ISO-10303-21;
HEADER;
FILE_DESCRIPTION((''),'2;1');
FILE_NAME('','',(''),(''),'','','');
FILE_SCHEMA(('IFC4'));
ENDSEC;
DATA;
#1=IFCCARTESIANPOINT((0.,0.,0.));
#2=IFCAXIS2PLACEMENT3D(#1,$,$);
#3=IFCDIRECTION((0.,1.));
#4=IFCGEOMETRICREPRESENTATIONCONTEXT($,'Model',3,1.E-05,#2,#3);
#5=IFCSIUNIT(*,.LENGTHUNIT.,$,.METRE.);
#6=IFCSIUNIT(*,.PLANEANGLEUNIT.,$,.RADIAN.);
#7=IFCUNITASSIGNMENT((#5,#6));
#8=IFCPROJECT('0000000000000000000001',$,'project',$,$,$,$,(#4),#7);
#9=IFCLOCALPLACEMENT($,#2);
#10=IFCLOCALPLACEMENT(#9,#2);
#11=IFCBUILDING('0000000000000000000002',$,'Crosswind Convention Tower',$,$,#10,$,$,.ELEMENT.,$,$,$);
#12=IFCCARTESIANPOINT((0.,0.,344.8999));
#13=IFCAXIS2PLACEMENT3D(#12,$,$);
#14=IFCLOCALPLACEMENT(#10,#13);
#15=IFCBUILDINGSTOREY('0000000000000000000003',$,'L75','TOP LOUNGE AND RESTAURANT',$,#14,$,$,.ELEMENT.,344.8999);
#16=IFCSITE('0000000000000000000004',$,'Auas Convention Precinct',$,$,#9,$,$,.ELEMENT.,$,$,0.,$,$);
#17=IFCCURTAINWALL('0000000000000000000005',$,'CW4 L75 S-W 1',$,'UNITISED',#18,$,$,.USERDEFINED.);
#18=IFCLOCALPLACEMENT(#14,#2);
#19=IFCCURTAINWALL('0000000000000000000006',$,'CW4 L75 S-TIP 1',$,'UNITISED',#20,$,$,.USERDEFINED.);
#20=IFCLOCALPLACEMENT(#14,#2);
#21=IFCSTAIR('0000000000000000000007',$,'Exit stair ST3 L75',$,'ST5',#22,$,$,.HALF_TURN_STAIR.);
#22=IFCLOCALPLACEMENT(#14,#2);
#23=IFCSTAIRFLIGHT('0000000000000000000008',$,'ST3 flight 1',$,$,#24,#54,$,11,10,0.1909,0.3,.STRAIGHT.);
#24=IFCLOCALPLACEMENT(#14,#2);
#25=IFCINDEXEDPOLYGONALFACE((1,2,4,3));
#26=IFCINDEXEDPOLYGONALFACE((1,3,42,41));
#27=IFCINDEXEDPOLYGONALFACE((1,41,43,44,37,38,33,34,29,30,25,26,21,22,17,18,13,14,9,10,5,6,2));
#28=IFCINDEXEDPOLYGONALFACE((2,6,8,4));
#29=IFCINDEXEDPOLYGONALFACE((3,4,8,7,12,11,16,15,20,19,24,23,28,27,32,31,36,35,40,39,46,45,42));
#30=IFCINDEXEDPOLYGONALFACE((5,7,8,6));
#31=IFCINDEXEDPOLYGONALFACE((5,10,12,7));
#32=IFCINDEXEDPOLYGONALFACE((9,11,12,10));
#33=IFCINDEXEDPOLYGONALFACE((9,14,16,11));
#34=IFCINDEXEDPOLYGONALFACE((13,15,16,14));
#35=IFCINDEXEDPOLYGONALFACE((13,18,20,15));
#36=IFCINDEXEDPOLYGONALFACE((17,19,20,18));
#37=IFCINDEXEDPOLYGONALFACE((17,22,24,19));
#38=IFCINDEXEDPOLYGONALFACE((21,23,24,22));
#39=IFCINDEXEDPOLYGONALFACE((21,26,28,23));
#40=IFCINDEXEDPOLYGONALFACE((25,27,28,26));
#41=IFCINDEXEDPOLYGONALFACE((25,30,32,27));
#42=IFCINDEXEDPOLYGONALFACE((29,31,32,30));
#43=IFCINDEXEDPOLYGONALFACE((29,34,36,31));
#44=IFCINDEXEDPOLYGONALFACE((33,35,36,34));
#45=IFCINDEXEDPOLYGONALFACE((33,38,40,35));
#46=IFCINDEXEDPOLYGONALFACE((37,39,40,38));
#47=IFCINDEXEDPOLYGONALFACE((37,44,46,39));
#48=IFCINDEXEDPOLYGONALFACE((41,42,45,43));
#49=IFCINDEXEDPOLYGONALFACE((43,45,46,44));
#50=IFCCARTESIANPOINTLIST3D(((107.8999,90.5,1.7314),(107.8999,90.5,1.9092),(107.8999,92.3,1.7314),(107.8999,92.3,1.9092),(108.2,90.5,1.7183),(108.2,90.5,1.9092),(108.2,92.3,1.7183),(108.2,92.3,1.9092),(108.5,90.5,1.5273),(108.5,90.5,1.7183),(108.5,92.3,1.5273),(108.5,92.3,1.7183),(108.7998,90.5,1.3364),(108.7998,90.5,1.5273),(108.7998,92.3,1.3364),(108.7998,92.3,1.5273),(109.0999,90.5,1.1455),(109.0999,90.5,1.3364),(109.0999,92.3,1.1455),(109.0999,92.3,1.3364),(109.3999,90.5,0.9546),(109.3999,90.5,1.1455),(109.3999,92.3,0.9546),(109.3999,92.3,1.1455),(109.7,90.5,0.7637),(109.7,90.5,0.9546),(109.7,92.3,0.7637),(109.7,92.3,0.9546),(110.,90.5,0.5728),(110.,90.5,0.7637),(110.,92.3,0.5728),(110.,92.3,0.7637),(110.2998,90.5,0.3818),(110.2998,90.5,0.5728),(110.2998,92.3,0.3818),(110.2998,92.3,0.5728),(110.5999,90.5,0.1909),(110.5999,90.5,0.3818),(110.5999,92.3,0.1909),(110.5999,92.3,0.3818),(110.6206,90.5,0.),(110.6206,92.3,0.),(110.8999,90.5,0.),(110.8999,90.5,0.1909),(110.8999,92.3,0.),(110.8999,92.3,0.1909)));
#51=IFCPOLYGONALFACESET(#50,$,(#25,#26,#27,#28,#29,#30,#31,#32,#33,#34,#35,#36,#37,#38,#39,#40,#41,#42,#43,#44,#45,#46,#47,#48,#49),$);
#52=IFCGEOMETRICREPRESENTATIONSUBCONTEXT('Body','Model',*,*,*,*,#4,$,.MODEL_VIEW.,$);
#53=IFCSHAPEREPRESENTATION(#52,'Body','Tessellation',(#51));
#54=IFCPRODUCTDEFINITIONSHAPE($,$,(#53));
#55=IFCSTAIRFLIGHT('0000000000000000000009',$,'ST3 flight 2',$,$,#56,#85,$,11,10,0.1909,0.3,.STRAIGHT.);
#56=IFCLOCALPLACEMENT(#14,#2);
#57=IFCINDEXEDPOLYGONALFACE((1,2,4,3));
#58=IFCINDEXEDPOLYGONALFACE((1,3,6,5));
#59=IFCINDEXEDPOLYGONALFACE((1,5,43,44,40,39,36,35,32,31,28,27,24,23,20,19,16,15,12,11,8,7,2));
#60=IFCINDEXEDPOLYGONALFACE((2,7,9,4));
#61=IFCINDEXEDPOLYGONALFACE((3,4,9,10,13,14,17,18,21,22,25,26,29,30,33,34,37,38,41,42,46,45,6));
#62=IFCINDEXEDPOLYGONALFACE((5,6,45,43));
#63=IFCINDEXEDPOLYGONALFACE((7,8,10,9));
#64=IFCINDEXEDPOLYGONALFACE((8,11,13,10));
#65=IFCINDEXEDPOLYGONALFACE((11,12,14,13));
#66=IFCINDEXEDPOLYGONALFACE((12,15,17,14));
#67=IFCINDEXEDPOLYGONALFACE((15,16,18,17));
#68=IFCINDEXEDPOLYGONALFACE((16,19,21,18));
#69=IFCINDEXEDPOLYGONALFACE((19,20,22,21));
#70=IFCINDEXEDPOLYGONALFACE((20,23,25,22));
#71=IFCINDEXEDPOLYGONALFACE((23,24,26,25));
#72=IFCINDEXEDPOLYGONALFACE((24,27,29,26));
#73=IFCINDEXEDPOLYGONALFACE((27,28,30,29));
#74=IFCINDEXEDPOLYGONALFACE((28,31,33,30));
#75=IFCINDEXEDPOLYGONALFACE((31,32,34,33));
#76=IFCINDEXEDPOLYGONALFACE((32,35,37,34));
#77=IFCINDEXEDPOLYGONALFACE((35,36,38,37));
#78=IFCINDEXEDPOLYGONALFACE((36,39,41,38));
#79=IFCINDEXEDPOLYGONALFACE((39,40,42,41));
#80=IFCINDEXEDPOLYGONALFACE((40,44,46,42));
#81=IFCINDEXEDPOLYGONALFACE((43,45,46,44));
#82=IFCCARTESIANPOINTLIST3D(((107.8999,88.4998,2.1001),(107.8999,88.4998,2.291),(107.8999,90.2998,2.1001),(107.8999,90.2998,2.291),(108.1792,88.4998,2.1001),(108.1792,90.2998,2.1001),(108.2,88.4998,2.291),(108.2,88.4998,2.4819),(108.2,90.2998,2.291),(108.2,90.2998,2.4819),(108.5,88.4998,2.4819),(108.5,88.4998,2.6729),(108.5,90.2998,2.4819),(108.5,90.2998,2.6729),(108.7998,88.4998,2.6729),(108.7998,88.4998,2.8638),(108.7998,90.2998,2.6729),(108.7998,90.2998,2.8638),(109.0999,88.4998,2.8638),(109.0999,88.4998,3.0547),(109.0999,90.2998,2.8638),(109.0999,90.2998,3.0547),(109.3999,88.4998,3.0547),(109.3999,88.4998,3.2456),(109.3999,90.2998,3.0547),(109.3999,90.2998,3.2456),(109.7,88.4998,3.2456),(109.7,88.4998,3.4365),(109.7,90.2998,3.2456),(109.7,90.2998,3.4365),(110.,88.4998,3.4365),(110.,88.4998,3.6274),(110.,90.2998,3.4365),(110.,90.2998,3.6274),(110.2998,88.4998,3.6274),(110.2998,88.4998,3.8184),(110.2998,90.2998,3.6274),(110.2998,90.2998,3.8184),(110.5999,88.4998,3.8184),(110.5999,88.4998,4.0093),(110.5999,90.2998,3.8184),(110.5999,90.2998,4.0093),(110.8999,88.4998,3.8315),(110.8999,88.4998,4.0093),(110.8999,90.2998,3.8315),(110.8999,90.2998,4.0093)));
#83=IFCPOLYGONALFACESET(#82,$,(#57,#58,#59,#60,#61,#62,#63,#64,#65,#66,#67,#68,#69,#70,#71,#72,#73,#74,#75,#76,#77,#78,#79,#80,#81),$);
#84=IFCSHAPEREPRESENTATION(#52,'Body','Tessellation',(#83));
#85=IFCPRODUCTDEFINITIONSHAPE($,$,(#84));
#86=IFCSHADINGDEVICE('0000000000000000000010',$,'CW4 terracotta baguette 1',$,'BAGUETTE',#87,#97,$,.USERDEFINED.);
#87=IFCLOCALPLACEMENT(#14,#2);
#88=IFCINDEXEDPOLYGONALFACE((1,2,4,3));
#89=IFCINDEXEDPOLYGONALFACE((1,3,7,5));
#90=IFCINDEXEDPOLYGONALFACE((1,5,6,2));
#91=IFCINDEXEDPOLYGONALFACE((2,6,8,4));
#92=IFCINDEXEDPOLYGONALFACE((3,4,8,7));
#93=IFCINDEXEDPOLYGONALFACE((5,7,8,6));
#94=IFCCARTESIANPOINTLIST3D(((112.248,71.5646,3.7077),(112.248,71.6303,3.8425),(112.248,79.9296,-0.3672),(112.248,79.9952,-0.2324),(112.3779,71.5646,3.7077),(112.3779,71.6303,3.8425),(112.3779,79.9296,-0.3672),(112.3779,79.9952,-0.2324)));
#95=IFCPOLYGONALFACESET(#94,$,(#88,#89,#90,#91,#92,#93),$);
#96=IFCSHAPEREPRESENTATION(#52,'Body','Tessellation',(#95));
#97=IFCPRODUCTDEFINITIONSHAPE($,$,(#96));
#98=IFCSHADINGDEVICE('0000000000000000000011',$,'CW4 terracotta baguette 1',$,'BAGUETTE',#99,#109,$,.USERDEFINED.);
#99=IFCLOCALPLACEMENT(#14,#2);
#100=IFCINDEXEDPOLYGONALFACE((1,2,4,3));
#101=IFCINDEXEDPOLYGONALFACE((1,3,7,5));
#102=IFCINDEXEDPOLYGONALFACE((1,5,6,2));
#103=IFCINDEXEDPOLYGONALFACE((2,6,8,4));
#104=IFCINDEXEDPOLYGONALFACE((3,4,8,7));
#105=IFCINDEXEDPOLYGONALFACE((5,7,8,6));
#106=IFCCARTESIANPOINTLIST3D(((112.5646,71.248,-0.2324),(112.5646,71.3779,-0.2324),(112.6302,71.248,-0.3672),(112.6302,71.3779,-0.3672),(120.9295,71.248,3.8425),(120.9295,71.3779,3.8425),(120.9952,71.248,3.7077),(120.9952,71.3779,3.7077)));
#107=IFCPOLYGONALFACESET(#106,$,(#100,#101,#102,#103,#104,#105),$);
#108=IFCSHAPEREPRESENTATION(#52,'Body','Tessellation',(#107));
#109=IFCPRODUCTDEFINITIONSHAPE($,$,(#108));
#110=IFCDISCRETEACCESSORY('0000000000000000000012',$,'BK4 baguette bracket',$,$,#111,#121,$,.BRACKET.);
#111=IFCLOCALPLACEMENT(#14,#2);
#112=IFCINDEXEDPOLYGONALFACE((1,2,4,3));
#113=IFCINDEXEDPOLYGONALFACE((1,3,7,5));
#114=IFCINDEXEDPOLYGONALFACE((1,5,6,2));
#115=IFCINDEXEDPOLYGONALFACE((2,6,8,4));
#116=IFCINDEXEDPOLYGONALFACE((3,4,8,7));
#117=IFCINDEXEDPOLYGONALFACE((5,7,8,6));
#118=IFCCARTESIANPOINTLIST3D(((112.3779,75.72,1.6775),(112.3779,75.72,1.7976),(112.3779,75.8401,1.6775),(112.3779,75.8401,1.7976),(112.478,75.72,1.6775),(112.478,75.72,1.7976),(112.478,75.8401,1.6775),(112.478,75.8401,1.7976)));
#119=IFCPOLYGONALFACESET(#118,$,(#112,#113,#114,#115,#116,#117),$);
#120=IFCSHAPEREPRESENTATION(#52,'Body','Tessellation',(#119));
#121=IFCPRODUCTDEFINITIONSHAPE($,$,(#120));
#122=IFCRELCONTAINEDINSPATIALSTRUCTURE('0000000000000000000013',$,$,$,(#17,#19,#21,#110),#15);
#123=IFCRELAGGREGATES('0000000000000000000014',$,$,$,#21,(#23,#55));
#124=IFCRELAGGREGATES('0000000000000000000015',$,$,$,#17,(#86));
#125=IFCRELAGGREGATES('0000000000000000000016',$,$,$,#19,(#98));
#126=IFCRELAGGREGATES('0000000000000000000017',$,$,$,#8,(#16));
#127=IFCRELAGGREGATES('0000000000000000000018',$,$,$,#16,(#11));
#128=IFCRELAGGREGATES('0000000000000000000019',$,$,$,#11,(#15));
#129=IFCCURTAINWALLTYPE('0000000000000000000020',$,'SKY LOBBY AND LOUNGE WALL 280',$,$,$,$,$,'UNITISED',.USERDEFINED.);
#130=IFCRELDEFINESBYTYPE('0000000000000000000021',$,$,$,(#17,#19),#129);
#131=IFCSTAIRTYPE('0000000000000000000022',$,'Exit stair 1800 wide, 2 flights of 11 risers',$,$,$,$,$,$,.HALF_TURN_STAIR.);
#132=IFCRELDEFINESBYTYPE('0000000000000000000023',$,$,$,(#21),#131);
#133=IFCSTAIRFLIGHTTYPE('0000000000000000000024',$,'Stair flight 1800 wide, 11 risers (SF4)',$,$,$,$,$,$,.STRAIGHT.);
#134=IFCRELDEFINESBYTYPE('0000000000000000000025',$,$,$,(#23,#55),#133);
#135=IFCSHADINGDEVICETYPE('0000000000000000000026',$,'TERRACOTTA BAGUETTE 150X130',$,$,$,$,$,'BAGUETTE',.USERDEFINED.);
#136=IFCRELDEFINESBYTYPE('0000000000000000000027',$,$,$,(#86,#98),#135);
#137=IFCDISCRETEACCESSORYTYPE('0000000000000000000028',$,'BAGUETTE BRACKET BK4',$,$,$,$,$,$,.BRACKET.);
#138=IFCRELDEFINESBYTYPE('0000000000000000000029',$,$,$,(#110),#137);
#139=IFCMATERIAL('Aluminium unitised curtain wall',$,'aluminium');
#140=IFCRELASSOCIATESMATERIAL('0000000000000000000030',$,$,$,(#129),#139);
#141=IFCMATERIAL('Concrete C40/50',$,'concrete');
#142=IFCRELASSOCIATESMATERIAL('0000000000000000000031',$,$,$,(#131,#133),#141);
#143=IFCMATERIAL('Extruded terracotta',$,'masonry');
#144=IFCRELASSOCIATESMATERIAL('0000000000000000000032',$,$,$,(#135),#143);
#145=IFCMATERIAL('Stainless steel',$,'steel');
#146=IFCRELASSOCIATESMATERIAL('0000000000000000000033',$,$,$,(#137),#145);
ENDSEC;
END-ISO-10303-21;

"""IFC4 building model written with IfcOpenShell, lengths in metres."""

from ifc_helpers import new_model, si_unit, direction, frame, origin, origin_2d, place, context, subcontext, project, spatial, polyline, rectangle, outline, extrude, material, material_profile, profile_set, type_object, element, aggregate, save


model = new_model("IFC4")

# Units and contexts
model_context = context("Model", 3, precision=1e-05, world=origin(), true_north=direction((0.0, 1.0)))
body_context = subcontext(model_context, "Body", "Model", "MODEL_VIEW")
ifc_project = project(units=[si_unit("LENGTHUNIT", "METRE"), si_unit("PLANEANGLEUNIT", "RADIAN")], contexts=[model_context])

# Site, building, storey
site_placement = place(None, origin())
site = spatial("IfcSite", under=ifc_project, at=site_placement, Name="Auas Convention Precinct", CompositionType="ELEMENT", RefElevation=0.0)
building_placement = place(site_placement, origin())
building = spatial("IfcBuilding", under=site, at=building_placement, Name="Crosswind Convention Tower", CompositionType="ELEMENT")
storey_placement = place(building_placement, frame((0.0, 0.0, 344.8999)))
storey = spatial("IfcBuildingStorey", under=building, at=storey_placement, Name="L75", Description="TOP LOUNGE AND RESTAURANT", CompositionType="ELEMENT", Elevation=344.8999)

# Curtain wall
ifc_material_1 = material(Name="Aluminium unitised curtain wall", Category="aluminium")
curtain_wall_type = type_object("IfcCurtainWallType", Name="SKY LOBBY AND LOUNGE WALL 280", ElementType="UNITISED", PredefinedType="USERDEFINED", material=ifc_material_1)
curtain_wall_1_placement = place(storey_placement, origin())
curtain_wall_1 = element("IfcCurtainWall", 1, at=curtain_wall_1_placement, inside=storey, type_object=curtain_wall_type, Name="CW4 L75 S-W 1", ObjectType="UNITISED", PredefinedType="USERDEFINED")

# Curtain wall
curtain_wall_2_placement = place(storey_placement, origin())
curtain_wall_2 = element("IfcCurtainWall", 2, at=curtain_wall_2_placement, inside=storey, type_object=curtain_wall_type, Name="CW4 L75 S-TIP 1", ObjectType="UNITISED", PredefinedType="USERDEFINED")

# Stair, stair flights
ifc_material_2 = material(Name="Concrete C40/50", Category="concrete")
stair_type = type_object("IfcStairType", Name="Exit stair 1800 wide, 2 flights of 11 risers", PredefinedType="HALF_TURN_STAIR", material=ifc_material_2)
stair_placement = place(storey_placement, origin())
stair = element("IfcStair", 3, at=stair_placement, inside=storey, type_object=stair_type, Name="Exit stair ST3 L75", ObjectType="ST5", PredefinedType="HALF_TURN_STAIR")
stair_flight_type = type_object("IfcStairFlightType", Name="Stair flight 1800 wide, 11 risers (SF4)", PredefinedType="STRAIGHT", material=ifc_material_2)
stair_flight_1_placement = place(storey_placement, frame((110.8999, 91.3999, 0.0), z_axis=(0.0, 0.0, 1.0), x_axis=(-1.0, 0.0, 0.0)))
stair_flight_1 = element("IfcStairFlight", 4, at=stair_flight_1_placement, type_object=stair_flight_type, Name="ST3 flight 1", NumberOfRisers=11, NumberOfTreads=10, PredefinedType="STRAIGHT", RiserHeight=0.1909, TreadLength=0.3, context=body_context, shape_type="SweptSolid", body=[
    extrude(outline(polyline([(0.0, 0.0), (0.0, 0.1909), (0.3, 0.1909), (0.3, 0.3818), (0.6001, 0.3818), (0.6001, 0.5728), (0.8999, 0.5728), (0.8999, 0.7637), (1.2, 0.7637), (1.2, 0.9546), (1.5, 0.9546), (1.5, 1.1455), (1.8, 1.1455), (1.8, 1.3364), (2.1001, 1.3364), (2.1001, 1.5273), (2.3999, 1.5273), (2.3999, 1.7183), (2.7, 1.7183), (2.7, 1.9092), (3.0, 1.9092), (3.0, 2.1001), (3.0, 1.7314), (0.2793, 0.0), (0.0, 0.0)])), frame((0.0, 0.8999, 0.0), z_axis=(0.0, -1.0, 0.0), x_axis=(1.0, 0.0, 0.0)), (0.0, 0.0, 1.0), 1.8),
])
stair_flight_2_placement = place(storey_placement, frame((107.8999, 89.3999, 2.1001), z_axis=(0.0, 0.0, 1.0), x_axis=(1.0, 0.0, 0.0)))
stair_flight_2 = element("IfcStairFlight", 5, at=stair_flight_2_placement, type_object=stair_flight_type, Name="ST3 flight 2", NumberOfRisers=11, NumberOfTreads=10, PredefinedType="STRAIGHT", RiserHeight=0.1909, TreadLength=0.3, context=body_context, shape_type="SweptSolid", body=[
    extrude(outline(polyline([(0.0, 0.0), (0.0, 0.1909), (0.3, 0.1909), (0.3, 0.3818), (0.6001, 0.3818), (0.6001, 0.5728), (0.8999, 0.5728), (0.8999, 0.7637), (1.2, 0.7637), (1.2, 0.9546), (1.5, 0.9546), (1.5, 1.1455), (1.8, 1.1455), (1.8, 1.3364), (2.1001, 1.3364), (2.1001, 1.5273), (2.3999, 1.5273), (2.3999, 1.7183), (2.7, 1.7183), (2.7, 1.9092), (3.0, 1.9092), (3.0, 2.1001), (3.0, 1.7314), (0.2793, 0.0), (0.0, 0.0)])), frame((0.0, 0.8999, 0.0), z_axis=(0.0, -1.0, 0.0), x_axis=(1.0, 0.0, 0.0)), (0.0, 0.0, 1.0), 1.8),
])
aggregate(stair, [stair_flight_1, stair_flight_2])

# Shared definitions
ifc_material_3 = material(Name="Stainless steel", Category="steel")

# Shading devices
ifc_material_4 = material(Name="Extruded terracotta", Category="masonry")
ifc_material_profile_1 = material_profile(ifc_material_4, rectangle(XDim=0.1299, YDim=0.1499, at=origin_2d()), Name="TC 130X150")
ifc_profile_set_1 = profile_set([ifc_material_profile_1], Name="Extruded terracotta")
shading_device_type = type_object("IfcShadingDeviceType", Name="TERRACOTTA BAGUETTE 150X130", ElementType="BAGUETTE", PredefinedType="USERDEFINED", material=ifc_profile_set_1)
shading_device_1_placement = place(storey_placement, frame((112.313, 79.9624, -0.2998), z_axis=(0.0, -0.899003, 0.437943), x_axis=(1.0, 0.0, 0.0)))
shading_device_1 = element("IfcShadingDevice", 6, at=shading_device_1_placement, type_object=shading_device_type, Name="CW4 terracotta baguette 1", ObjectType="BAGUETTE", PredefinedType="USERDEFINED", context=body_context, shape_type="SweptSolid", body=[
    extrude(rectangle(XDim=0.1299, YDim=0.1499, at=origin_2d()), origin(), (0.0, 0.0, 1.0), 9.3047),
])
aggregate(curtain_wall_1, [shading_device_1])
shading_device_2_placement = place(storey_placement, frame((112.5974, 71.313, -0.2998), z_axis=(0.899003, 0.0, 0.437943), x_axis=(0.0, 1.0, 0.0)))
shading_device_2 = element("IfcShadingDevice", 7, at=shading_device_2_placement, type_object=shading_device_type, Name="CW4 terracotta baguette 1", ObjectType="BAGUETTE", PredefinedType="USERDEFINED", context=body_context, shape_type="SweptSolid", body=[
    extrude(rectangle(XDim=0.1299, YDim=0.1499, at=origin_2d()), origin(), (0.0, 0.0, 1.0), 9.3047),
])
aggregate(curtain_wall_2, [shading_device_2])

# Discrete accessory
discrete_accessory_type = type_object("IfcDiscreteAccessoryType", Name="BAGUETTE BRACKET BK4", PredefinedType="BRACKET", material=ifc_material_3)
discrete_accessory_placement = place(storey_placement, frame((112.428, 75.78, 1.6775), z_axis=(0.0, 0.0, 1.0), x_axis=(0.0, -1.0, 0.0)))
element("IfcDiscreteAccessory", 8, at=discrete_accessory_placement, inside=storey, type_object=discrete_accessory_type, Name="BK4 baguette bracket", PredefinedType="BRACKET", context=body_context, shape_type="SweptSolid", body=[
    extrude(rectangle(XDim=0.1201, YDim=0.1001, at=origin_2d()), origin(), (0.0, 0.0, 1.0), 0.1201),
])

save(model, "model.ifc")
